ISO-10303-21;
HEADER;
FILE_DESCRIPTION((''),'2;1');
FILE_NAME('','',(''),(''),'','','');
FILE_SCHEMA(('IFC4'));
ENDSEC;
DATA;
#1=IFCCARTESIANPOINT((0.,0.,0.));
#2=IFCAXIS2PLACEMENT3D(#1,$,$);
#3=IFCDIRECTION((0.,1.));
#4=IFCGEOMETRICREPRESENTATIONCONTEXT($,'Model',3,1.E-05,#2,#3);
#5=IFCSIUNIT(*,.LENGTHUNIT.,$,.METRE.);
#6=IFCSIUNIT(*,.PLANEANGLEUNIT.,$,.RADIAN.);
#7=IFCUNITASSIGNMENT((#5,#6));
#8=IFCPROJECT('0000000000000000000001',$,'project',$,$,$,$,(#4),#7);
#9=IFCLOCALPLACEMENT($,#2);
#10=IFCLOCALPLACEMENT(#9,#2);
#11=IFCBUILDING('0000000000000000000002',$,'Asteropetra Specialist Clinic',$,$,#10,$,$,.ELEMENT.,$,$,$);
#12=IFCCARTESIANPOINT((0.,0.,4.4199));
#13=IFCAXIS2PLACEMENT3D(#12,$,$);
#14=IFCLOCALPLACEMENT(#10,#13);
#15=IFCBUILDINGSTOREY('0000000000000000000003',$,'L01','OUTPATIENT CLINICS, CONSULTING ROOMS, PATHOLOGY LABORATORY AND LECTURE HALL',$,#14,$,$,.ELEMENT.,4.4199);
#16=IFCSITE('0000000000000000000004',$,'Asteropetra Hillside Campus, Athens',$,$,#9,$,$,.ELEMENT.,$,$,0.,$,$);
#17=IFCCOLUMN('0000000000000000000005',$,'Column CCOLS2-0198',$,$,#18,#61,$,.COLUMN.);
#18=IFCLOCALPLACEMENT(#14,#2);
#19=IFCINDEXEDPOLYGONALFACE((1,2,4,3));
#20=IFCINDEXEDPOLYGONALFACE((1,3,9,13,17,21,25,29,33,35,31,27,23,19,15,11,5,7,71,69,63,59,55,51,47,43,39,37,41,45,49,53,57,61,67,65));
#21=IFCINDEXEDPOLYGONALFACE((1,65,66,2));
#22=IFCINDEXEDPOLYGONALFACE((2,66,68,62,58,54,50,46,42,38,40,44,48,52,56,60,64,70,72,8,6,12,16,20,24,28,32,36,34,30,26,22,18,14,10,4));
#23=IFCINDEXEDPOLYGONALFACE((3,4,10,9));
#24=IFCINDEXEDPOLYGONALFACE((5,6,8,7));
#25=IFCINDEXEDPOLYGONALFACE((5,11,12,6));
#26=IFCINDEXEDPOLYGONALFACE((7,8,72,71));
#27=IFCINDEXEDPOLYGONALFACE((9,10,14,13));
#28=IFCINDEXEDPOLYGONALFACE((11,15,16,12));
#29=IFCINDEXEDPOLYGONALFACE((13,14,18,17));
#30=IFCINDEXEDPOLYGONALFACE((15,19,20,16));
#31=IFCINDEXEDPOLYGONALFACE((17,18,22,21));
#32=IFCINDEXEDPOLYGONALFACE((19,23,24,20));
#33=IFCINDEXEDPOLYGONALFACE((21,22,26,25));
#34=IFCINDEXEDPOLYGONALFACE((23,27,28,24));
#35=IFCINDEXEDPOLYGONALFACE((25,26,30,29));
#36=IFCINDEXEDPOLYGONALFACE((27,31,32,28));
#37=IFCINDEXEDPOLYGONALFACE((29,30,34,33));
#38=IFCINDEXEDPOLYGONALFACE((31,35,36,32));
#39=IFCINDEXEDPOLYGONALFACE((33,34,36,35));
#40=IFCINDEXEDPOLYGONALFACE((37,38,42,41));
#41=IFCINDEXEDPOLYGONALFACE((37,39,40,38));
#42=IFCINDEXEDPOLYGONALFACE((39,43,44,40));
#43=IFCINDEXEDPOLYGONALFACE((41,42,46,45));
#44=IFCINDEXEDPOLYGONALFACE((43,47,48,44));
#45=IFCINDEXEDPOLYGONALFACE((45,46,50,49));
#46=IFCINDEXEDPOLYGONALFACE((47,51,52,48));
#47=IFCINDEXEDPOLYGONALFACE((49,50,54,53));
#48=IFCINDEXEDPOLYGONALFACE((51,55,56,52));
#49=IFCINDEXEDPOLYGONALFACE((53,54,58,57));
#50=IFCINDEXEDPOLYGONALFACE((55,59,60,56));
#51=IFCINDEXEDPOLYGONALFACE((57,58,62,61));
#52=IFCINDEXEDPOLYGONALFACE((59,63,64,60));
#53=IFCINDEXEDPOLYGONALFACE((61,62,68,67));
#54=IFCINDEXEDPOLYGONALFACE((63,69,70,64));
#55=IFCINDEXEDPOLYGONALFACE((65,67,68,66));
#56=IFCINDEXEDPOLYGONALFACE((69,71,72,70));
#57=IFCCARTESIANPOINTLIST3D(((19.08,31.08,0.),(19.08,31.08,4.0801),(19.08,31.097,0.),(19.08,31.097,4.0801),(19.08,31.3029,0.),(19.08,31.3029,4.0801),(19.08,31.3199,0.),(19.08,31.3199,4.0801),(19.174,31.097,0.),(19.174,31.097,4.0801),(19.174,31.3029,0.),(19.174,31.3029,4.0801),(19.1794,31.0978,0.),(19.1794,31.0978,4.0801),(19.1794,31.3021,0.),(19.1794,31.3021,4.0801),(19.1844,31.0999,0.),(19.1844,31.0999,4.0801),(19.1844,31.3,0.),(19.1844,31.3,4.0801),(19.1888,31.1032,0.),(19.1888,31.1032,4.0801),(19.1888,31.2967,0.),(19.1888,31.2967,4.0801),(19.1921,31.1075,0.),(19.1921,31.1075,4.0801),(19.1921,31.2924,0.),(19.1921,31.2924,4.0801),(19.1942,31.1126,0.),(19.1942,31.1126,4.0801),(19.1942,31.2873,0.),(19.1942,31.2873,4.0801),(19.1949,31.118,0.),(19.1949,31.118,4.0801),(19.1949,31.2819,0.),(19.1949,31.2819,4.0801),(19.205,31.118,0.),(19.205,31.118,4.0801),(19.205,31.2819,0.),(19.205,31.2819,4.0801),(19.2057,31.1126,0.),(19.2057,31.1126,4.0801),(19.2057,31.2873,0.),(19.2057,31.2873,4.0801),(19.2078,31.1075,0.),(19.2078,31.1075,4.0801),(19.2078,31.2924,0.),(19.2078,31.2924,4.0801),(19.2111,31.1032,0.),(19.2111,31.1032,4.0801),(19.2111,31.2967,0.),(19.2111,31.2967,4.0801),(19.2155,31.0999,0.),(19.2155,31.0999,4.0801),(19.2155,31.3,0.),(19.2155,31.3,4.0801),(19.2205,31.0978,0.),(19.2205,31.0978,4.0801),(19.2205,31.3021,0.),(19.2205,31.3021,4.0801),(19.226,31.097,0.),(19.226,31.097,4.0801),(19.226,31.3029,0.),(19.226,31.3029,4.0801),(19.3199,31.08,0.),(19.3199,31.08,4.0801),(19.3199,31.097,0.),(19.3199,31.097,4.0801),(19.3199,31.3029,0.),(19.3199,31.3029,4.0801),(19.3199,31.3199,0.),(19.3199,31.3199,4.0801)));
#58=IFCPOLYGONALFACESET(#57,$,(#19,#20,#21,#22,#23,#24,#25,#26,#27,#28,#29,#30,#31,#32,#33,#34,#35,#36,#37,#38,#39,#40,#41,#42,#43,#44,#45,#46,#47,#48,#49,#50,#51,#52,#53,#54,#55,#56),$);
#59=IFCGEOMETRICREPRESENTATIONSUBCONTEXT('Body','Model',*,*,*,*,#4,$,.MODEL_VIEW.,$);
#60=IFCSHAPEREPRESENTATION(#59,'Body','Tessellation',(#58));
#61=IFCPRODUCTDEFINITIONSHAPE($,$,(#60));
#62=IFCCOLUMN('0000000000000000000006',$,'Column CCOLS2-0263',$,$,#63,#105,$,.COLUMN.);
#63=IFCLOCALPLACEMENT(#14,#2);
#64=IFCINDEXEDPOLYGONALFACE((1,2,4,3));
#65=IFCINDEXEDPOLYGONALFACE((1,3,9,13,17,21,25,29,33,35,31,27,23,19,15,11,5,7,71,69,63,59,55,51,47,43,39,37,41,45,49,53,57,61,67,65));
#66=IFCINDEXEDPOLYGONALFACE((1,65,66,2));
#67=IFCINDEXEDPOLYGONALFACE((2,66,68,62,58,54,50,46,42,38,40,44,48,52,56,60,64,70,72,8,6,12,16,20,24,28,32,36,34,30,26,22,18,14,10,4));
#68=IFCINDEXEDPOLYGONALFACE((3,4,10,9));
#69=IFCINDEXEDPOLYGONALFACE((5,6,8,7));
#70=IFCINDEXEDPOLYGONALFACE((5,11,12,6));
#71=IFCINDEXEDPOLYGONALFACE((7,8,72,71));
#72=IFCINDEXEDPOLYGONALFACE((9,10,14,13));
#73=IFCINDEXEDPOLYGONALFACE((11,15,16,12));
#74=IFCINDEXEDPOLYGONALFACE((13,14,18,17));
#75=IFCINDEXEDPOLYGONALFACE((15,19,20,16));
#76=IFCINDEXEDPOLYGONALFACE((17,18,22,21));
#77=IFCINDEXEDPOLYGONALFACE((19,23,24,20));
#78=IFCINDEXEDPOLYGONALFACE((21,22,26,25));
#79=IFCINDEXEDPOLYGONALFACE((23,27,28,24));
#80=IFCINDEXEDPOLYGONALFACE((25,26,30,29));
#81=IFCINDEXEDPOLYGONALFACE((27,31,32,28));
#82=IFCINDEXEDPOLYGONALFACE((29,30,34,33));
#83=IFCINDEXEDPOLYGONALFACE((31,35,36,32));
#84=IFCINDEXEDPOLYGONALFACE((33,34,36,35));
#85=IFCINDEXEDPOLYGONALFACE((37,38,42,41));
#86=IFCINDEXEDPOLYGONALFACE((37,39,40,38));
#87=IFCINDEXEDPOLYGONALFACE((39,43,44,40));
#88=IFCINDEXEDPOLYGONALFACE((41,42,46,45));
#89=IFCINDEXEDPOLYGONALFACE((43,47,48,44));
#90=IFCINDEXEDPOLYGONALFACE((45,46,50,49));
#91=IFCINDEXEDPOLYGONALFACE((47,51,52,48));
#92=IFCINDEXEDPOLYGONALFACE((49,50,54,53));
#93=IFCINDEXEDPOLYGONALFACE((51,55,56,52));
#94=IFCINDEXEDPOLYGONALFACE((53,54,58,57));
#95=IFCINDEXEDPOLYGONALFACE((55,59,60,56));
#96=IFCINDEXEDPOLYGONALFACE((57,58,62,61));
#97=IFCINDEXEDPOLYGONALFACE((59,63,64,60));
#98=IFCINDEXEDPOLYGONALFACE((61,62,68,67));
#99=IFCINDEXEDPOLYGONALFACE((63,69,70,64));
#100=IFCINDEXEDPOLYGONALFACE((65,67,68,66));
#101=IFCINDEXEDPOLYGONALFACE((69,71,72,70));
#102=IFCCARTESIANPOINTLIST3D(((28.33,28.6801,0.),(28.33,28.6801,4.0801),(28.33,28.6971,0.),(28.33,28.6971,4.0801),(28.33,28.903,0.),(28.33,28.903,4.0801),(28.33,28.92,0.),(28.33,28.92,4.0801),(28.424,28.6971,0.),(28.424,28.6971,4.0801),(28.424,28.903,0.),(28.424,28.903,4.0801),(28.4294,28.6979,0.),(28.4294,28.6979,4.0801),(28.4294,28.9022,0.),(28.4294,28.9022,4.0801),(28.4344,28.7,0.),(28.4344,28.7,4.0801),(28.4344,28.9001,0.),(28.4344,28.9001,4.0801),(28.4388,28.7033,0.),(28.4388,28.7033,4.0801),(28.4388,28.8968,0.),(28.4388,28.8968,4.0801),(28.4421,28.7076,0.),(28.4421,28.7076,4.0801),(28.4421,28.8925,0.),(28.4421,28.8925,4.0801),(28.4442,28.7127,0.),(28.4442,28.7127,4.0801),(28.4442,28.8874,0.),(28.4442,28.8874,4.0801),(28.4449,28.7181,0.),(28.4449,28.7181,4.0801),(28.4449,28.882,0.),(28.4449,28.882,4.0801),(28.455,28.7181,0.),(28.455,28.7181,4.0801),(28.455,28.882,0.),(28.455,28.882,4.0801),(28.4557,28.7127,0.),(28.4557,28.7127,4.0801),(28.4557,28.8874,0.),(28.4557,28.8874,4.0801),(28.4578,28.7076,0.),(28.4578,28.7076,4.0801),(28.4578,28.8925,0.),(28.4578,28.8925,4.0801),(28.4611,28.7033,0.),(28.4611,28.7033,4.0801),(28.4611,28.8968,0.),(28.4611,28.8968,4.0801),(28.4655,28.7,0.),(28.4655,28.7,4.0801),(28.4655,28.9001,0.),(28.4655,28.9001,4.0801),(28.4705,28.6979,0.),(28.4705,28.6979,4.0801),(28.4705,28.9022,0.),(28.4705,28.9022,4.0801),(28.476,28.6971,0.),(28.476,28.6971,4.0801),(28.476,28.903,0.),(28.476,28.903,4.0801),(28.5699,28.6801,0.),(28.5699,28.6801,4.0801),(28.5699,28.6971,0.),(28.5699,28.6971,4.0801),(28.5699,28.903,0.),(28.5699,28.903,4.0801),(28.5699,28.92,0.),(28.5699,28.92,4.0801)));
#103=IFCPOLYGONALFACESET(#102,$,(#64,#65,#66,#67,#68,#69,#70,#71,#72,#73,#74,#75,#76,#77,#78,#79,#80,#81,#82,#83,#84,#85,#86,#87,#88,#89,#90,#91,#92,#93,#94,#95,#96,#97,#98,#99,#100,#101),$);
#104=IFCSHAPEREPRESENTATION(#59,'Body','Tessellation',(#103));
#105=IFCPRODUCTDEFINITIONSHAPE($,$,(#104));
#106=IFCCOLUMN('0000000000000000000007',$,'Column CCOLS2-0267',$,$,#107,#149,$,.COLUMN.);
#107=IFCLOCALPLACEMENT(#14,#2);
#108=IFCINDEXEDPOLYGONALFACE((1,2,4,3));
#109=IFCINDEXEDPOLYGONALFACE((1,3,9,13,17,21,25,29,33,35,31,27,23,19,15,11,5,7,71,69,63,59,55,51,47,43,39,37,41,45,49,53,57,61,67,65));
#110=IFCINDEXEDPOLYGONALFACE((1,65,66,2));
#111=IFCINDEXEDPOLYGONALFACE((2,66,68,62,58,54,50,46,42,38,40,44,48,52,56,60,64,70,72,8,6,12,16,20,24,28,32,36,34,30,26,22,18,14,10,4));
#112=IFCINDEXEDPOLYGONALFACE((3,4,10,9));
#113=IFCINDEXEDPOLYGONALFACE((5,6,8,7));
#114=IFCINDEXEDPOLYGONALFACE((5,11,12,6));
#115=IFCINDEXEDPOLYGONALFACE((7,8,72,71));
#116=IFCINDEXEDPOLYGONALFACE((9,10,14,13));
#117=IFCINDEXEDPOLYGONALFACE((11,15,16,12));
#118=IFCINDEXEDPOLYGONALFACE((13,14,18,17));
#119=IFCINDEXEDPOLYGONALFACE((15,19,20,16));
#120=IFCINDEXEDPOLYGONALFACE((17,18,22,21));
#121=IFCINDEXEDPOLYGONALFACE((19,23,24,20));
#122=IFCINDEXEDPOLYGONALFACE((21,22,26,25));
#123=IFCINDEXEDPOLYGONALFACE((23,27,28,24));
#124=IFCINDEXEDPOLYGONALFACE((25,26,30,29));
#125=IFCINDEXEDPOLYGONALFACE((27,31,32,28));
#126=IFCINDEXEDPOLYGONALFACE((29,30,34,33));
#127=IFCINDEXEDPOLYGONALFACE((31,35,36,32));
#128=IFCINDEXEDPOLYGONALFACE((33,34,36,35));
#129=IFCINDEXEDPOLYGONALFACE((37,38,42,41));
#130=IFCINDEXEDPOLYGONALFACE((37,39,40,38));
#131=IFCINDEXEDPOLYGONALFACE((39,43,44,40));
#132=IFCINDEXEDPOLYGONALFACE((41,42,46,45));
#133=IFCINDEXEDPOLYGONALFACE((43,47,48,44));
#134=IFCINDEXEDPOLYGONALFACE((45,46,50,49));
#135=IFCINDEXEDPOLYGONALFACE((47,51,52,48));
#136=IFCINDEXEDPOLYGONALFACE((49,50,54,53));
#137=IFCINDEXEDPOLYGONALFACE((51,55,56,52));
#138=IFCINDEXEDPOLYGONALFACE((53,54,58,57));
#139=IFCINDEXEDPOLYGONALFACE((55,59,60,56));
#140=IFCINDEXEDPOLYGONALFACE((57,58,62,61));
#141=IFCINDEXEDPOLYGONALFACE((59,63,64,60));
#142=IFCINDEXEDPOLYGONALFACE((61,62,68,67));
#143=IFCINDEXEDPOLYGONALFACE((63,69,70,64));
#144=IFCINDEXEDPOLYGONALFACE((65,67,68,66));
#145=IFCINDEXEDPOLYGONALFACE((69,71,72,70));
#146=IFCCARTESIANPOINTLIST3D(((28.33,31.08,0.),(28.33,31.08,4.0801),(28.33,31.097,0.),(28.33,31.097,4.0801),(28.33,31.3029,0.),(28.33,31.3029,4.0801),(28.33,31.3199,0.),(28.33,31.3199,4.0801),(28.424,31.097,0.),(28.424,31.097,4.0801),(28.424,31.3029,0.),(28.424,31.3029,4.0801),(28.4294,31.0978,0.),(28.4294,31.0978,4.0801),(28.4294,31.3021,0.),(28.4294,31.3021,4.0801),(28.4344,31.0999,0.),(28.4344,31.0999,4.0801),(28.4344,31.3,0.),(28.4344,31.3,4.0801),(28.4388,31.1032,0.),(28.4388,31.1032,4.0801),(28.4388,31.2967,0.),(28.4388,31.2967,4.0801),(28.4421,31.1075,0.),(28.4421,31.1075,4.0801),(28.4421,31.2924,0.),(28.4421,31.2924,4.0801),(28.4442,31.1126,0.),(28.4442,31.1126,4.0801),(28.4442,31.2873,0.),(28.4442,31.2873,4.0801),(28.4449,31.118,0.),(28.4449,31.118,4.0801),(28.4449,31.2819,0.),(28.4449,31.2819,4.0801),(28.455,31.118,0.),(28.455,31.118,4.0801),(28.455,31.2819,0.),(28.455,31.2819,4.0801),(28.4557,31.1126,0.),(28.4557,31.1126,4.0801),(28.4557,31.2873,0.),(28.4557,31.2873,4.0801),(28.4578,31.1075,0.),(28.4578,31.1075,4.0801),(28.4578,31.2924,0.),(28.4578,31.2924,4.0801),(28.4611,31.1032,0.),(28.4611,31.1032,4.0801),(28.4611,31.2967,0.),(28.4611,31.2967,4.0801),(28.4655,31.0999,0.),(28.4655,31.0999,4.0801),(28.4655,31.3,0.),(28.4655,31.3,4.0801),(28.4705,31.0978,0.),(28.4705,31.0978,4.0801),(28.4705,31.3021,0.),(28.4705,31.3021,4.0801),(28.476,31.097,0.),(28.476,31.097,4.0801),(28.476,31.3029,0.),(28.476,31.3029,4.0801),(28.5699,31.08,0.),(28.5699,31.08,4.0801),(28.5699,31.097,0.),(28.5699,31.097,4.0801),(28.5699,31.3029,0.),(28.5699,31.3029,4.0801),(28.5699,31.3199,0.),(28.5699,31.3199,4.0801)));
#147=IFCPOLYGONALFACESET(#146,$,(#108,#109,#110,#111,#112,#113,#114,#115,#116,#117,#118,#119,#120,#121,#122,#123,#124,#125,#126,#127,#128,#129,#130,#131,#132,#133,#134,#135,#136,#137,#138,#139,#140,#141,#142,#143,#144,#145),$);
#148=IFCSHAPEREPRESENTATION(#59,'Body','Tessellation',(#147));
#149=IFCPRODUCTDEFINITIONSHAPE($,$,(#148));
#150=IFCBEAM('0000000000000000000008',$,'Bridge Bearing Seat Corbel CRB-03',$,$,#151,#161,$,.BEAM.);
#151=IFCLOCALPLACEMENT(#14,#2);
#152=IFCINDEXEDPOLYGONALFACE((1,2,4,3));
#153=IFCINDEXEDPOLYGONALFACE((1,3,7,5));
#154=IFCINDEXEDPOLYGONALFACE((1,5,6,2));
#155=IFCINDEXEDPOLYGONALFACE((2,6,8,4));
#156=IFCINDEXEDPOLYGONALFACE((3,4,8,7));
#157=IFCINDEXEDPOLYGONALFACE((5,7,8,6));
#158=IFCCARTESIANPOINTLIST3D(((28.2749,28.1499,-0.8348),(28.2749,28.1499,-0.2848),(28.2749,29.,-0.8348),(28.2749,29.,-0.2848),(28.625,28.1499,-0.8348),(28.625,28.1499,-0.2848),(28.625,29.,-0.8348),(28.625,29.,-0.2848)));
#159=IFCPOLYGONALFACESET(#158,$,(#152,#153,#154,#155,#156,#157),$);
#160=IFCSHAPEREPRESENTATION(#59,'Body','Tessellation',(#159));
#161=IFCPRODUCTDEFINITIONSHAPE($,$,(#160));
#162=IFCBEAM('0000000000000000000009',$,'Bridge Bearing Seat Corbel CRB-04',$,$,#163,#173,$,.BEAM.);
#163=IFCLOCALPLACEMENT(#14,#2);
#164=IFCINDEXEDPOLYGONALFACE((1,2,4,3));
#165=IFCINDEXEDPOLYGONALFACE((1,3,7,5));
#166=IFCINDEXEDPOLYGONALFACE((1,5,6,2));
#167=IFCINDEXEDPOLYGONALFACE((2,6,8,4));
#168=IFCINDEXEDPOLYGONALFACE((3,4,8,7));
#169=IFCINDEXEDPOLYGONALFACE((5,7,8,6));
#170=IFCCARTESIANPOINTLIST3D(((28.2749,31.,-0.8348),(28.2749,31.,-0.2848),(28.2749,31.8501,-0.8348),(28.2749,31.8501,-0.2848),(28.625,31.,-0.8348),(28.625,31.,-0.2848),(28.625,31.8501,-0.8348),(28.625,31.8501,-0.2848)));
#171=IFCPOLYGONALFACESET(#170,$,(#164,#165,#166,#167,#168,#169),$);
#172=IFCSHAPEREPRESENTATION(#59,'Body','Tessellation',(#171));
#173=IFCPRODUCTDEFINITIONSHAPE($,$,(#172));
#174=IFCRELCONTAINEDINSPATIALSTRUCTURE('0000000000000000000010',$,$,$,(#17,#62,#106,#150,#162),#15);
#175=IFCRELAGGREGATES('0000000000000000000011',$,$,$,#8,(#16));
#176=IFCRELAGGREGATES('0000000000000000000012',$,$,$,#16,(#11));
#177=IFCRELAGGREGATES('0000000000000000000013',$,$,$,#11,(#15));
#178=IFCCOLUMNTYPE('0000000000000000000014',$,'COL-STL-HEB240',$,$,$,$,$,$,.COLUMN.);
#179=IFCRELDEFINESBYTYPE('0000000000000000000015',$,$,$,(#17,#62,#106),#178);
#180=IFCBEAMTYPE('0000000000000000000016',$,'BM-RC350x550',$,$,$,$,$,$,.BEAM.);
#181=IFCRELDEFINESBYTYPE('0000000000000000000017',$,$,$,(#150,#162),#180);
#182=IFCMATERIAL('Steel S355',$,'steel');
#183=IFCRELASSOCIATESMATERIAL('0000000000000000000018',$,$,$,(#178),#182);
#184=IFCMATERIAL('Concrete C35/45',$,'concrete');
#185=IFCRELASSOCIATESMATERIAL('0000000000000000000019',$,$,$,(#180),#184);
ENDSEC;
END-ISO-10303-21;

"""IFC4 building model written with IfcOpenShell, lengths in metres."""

from ifc_helpers import new_model, si_unit, direction, frame, origin, origin_2d, place, context, subcontext, project, spatial, rectangle, i_section, extrude, material, material_profile, profile_set, type_object, element, save


model = new_model("IFC4")

# Units and contexts
model_context = context("Model", 3, precision=1e-05, world=origin(), true_north=direction((0.0, 1.0)))
body_context = subcontext(model_context, "Body", "Model", "MODEL_VIEW")
ifc_project = project(units=[si_unit("LENGTHUNIT", "METRE"), si_unit("PLANEANGLEUNIT", "RADIAN")], contexts=[model_context])

# Site, building, storey
site_placement = place(None, origin())
site = spatial("IfcSite", under=ifc_project, at=site_placement, Name="Asteropetra Hillside Campus, Athens", CompositionType="ELEMENT", RefElevation=0.0)
building_placement = place(site_placement, origin())
building = spatial("IfcBuilding", under=site, at=building_placement, Name="Asteropetra Specialist Clinic", CompositionType="ELEMENT")
storey_placement = place(building_placement, frame((0.0, 0.0, 4.4199)))
storey = spatial("IfcBuildingStorey", under=building, at=storey_placement, Name="L01", Description="OUTPATIENT CLINICS, CONSULTING ROOMS, PATHOLOGY LABORATORY AND LECTURE HALL", CompositionType="ELEMENT", Elevation=4.4199)

# Columns
ifc_material_1 = material(Name="Steel S355", Category="steel")
ifc_material_profile_1 = material_profile(ifc_material_1, i_section(OverallWidth=0.24, OverallDepth=0.24, WebThickness=0.01, FlangeThickness=0.0171, FilletRadius=0.021, at=origin_2d()), Name="HEB 240")
ifc_profile_set_1 = profile_set([ifc_material_profile_1], Name="Steel S355")
column_type = type_object("IfcColumnType", Name="COL-STL-HEB240", PredefinedType="COLUMN", material=ifc_profile_set_1)
for number, where, z_axis, x_axis, name in (
    (1, (19.2, 31.2, 0.0), (0.0, 0.0, 1.0), (1.0, 0.0, 0.0), "Column CCOLS2-0198"),
    (2, (28.45, 28.8, 0.0), (0.0, 0.0, 1.0), (1.0, 0.0, 0.0), "Column CCOLS2-0263"),
    (3, (28.45, 31.2, 0.0), (0.0, 0.0, 1.0), (1.0, 0.0, 0.0), "Column CCOLS2-0267"),
):
    element("IfcColumn", number, at=place(storey_placement, frame(where, z_axis=z_axis, x_axis=x_axis)), inside=storey, type_object=column_type, Name=name, PredefinedType="COLUMN", context=body_context, shape_type="SweptSolid", body=[
        extrude(i_section(OverallWidth=0.24, OverallDepth=0.24, WebThickness=0.01, FlangeThickness=0.0171, FilletRadius=0.021, at=origin_2d()), origin(), (0.0, 0.0, 1.0), 4.0801),
    ])

# Beams
ifc_material_2 = material(Name="Concrete C35/45", Category="concrete")
ifc_material_profile_2 = material_profile(ifc_material_2, rectangle(XDim=0.3501, YDim=0.55, at=origin_2d()), Name="RCB 350x550")
ifc_profile_set_2 = profile_set([ifc_material_profile_2], Name="Concrete C35/45")
beam_type_1 = type_object("IfcBeamType", Name="BM-RC350x550", PredefinedType="BEAM", material=ifc_profile_set_2)
for number, where, z_axis, x_axis, name in (
    (4, (28.45, 29.0, -0.5598), (0.0, -1.0, 0.0), (1.0, 0.0, 0.0), "Bridge Bearing Seat Corbel CRB-03"),
    (5, (28.45, 31.0, -0.5598), (0.0, 1.0, 0.0), (-1.0, 0.0, 0.0), "Bridge Bearing Seat Corbel CRB-04"),
):
    element("IfcBeam", number, at=place(storey_placement, frame(where, z_axis=z_axis, x_axis=x_axis)), inside=storey, type_object=beam_type_1, Name=name, PredefinedType="BEAM", context=body_context, shape_type="SweptSolid", body=[
        extrude(rectangle(XDim=0.3501, YDim=0.55, at=origin_2d()), origin(), (0.0, 0.0, 1.0), 0.8501),
    ])

save(model, "model.ifc")
